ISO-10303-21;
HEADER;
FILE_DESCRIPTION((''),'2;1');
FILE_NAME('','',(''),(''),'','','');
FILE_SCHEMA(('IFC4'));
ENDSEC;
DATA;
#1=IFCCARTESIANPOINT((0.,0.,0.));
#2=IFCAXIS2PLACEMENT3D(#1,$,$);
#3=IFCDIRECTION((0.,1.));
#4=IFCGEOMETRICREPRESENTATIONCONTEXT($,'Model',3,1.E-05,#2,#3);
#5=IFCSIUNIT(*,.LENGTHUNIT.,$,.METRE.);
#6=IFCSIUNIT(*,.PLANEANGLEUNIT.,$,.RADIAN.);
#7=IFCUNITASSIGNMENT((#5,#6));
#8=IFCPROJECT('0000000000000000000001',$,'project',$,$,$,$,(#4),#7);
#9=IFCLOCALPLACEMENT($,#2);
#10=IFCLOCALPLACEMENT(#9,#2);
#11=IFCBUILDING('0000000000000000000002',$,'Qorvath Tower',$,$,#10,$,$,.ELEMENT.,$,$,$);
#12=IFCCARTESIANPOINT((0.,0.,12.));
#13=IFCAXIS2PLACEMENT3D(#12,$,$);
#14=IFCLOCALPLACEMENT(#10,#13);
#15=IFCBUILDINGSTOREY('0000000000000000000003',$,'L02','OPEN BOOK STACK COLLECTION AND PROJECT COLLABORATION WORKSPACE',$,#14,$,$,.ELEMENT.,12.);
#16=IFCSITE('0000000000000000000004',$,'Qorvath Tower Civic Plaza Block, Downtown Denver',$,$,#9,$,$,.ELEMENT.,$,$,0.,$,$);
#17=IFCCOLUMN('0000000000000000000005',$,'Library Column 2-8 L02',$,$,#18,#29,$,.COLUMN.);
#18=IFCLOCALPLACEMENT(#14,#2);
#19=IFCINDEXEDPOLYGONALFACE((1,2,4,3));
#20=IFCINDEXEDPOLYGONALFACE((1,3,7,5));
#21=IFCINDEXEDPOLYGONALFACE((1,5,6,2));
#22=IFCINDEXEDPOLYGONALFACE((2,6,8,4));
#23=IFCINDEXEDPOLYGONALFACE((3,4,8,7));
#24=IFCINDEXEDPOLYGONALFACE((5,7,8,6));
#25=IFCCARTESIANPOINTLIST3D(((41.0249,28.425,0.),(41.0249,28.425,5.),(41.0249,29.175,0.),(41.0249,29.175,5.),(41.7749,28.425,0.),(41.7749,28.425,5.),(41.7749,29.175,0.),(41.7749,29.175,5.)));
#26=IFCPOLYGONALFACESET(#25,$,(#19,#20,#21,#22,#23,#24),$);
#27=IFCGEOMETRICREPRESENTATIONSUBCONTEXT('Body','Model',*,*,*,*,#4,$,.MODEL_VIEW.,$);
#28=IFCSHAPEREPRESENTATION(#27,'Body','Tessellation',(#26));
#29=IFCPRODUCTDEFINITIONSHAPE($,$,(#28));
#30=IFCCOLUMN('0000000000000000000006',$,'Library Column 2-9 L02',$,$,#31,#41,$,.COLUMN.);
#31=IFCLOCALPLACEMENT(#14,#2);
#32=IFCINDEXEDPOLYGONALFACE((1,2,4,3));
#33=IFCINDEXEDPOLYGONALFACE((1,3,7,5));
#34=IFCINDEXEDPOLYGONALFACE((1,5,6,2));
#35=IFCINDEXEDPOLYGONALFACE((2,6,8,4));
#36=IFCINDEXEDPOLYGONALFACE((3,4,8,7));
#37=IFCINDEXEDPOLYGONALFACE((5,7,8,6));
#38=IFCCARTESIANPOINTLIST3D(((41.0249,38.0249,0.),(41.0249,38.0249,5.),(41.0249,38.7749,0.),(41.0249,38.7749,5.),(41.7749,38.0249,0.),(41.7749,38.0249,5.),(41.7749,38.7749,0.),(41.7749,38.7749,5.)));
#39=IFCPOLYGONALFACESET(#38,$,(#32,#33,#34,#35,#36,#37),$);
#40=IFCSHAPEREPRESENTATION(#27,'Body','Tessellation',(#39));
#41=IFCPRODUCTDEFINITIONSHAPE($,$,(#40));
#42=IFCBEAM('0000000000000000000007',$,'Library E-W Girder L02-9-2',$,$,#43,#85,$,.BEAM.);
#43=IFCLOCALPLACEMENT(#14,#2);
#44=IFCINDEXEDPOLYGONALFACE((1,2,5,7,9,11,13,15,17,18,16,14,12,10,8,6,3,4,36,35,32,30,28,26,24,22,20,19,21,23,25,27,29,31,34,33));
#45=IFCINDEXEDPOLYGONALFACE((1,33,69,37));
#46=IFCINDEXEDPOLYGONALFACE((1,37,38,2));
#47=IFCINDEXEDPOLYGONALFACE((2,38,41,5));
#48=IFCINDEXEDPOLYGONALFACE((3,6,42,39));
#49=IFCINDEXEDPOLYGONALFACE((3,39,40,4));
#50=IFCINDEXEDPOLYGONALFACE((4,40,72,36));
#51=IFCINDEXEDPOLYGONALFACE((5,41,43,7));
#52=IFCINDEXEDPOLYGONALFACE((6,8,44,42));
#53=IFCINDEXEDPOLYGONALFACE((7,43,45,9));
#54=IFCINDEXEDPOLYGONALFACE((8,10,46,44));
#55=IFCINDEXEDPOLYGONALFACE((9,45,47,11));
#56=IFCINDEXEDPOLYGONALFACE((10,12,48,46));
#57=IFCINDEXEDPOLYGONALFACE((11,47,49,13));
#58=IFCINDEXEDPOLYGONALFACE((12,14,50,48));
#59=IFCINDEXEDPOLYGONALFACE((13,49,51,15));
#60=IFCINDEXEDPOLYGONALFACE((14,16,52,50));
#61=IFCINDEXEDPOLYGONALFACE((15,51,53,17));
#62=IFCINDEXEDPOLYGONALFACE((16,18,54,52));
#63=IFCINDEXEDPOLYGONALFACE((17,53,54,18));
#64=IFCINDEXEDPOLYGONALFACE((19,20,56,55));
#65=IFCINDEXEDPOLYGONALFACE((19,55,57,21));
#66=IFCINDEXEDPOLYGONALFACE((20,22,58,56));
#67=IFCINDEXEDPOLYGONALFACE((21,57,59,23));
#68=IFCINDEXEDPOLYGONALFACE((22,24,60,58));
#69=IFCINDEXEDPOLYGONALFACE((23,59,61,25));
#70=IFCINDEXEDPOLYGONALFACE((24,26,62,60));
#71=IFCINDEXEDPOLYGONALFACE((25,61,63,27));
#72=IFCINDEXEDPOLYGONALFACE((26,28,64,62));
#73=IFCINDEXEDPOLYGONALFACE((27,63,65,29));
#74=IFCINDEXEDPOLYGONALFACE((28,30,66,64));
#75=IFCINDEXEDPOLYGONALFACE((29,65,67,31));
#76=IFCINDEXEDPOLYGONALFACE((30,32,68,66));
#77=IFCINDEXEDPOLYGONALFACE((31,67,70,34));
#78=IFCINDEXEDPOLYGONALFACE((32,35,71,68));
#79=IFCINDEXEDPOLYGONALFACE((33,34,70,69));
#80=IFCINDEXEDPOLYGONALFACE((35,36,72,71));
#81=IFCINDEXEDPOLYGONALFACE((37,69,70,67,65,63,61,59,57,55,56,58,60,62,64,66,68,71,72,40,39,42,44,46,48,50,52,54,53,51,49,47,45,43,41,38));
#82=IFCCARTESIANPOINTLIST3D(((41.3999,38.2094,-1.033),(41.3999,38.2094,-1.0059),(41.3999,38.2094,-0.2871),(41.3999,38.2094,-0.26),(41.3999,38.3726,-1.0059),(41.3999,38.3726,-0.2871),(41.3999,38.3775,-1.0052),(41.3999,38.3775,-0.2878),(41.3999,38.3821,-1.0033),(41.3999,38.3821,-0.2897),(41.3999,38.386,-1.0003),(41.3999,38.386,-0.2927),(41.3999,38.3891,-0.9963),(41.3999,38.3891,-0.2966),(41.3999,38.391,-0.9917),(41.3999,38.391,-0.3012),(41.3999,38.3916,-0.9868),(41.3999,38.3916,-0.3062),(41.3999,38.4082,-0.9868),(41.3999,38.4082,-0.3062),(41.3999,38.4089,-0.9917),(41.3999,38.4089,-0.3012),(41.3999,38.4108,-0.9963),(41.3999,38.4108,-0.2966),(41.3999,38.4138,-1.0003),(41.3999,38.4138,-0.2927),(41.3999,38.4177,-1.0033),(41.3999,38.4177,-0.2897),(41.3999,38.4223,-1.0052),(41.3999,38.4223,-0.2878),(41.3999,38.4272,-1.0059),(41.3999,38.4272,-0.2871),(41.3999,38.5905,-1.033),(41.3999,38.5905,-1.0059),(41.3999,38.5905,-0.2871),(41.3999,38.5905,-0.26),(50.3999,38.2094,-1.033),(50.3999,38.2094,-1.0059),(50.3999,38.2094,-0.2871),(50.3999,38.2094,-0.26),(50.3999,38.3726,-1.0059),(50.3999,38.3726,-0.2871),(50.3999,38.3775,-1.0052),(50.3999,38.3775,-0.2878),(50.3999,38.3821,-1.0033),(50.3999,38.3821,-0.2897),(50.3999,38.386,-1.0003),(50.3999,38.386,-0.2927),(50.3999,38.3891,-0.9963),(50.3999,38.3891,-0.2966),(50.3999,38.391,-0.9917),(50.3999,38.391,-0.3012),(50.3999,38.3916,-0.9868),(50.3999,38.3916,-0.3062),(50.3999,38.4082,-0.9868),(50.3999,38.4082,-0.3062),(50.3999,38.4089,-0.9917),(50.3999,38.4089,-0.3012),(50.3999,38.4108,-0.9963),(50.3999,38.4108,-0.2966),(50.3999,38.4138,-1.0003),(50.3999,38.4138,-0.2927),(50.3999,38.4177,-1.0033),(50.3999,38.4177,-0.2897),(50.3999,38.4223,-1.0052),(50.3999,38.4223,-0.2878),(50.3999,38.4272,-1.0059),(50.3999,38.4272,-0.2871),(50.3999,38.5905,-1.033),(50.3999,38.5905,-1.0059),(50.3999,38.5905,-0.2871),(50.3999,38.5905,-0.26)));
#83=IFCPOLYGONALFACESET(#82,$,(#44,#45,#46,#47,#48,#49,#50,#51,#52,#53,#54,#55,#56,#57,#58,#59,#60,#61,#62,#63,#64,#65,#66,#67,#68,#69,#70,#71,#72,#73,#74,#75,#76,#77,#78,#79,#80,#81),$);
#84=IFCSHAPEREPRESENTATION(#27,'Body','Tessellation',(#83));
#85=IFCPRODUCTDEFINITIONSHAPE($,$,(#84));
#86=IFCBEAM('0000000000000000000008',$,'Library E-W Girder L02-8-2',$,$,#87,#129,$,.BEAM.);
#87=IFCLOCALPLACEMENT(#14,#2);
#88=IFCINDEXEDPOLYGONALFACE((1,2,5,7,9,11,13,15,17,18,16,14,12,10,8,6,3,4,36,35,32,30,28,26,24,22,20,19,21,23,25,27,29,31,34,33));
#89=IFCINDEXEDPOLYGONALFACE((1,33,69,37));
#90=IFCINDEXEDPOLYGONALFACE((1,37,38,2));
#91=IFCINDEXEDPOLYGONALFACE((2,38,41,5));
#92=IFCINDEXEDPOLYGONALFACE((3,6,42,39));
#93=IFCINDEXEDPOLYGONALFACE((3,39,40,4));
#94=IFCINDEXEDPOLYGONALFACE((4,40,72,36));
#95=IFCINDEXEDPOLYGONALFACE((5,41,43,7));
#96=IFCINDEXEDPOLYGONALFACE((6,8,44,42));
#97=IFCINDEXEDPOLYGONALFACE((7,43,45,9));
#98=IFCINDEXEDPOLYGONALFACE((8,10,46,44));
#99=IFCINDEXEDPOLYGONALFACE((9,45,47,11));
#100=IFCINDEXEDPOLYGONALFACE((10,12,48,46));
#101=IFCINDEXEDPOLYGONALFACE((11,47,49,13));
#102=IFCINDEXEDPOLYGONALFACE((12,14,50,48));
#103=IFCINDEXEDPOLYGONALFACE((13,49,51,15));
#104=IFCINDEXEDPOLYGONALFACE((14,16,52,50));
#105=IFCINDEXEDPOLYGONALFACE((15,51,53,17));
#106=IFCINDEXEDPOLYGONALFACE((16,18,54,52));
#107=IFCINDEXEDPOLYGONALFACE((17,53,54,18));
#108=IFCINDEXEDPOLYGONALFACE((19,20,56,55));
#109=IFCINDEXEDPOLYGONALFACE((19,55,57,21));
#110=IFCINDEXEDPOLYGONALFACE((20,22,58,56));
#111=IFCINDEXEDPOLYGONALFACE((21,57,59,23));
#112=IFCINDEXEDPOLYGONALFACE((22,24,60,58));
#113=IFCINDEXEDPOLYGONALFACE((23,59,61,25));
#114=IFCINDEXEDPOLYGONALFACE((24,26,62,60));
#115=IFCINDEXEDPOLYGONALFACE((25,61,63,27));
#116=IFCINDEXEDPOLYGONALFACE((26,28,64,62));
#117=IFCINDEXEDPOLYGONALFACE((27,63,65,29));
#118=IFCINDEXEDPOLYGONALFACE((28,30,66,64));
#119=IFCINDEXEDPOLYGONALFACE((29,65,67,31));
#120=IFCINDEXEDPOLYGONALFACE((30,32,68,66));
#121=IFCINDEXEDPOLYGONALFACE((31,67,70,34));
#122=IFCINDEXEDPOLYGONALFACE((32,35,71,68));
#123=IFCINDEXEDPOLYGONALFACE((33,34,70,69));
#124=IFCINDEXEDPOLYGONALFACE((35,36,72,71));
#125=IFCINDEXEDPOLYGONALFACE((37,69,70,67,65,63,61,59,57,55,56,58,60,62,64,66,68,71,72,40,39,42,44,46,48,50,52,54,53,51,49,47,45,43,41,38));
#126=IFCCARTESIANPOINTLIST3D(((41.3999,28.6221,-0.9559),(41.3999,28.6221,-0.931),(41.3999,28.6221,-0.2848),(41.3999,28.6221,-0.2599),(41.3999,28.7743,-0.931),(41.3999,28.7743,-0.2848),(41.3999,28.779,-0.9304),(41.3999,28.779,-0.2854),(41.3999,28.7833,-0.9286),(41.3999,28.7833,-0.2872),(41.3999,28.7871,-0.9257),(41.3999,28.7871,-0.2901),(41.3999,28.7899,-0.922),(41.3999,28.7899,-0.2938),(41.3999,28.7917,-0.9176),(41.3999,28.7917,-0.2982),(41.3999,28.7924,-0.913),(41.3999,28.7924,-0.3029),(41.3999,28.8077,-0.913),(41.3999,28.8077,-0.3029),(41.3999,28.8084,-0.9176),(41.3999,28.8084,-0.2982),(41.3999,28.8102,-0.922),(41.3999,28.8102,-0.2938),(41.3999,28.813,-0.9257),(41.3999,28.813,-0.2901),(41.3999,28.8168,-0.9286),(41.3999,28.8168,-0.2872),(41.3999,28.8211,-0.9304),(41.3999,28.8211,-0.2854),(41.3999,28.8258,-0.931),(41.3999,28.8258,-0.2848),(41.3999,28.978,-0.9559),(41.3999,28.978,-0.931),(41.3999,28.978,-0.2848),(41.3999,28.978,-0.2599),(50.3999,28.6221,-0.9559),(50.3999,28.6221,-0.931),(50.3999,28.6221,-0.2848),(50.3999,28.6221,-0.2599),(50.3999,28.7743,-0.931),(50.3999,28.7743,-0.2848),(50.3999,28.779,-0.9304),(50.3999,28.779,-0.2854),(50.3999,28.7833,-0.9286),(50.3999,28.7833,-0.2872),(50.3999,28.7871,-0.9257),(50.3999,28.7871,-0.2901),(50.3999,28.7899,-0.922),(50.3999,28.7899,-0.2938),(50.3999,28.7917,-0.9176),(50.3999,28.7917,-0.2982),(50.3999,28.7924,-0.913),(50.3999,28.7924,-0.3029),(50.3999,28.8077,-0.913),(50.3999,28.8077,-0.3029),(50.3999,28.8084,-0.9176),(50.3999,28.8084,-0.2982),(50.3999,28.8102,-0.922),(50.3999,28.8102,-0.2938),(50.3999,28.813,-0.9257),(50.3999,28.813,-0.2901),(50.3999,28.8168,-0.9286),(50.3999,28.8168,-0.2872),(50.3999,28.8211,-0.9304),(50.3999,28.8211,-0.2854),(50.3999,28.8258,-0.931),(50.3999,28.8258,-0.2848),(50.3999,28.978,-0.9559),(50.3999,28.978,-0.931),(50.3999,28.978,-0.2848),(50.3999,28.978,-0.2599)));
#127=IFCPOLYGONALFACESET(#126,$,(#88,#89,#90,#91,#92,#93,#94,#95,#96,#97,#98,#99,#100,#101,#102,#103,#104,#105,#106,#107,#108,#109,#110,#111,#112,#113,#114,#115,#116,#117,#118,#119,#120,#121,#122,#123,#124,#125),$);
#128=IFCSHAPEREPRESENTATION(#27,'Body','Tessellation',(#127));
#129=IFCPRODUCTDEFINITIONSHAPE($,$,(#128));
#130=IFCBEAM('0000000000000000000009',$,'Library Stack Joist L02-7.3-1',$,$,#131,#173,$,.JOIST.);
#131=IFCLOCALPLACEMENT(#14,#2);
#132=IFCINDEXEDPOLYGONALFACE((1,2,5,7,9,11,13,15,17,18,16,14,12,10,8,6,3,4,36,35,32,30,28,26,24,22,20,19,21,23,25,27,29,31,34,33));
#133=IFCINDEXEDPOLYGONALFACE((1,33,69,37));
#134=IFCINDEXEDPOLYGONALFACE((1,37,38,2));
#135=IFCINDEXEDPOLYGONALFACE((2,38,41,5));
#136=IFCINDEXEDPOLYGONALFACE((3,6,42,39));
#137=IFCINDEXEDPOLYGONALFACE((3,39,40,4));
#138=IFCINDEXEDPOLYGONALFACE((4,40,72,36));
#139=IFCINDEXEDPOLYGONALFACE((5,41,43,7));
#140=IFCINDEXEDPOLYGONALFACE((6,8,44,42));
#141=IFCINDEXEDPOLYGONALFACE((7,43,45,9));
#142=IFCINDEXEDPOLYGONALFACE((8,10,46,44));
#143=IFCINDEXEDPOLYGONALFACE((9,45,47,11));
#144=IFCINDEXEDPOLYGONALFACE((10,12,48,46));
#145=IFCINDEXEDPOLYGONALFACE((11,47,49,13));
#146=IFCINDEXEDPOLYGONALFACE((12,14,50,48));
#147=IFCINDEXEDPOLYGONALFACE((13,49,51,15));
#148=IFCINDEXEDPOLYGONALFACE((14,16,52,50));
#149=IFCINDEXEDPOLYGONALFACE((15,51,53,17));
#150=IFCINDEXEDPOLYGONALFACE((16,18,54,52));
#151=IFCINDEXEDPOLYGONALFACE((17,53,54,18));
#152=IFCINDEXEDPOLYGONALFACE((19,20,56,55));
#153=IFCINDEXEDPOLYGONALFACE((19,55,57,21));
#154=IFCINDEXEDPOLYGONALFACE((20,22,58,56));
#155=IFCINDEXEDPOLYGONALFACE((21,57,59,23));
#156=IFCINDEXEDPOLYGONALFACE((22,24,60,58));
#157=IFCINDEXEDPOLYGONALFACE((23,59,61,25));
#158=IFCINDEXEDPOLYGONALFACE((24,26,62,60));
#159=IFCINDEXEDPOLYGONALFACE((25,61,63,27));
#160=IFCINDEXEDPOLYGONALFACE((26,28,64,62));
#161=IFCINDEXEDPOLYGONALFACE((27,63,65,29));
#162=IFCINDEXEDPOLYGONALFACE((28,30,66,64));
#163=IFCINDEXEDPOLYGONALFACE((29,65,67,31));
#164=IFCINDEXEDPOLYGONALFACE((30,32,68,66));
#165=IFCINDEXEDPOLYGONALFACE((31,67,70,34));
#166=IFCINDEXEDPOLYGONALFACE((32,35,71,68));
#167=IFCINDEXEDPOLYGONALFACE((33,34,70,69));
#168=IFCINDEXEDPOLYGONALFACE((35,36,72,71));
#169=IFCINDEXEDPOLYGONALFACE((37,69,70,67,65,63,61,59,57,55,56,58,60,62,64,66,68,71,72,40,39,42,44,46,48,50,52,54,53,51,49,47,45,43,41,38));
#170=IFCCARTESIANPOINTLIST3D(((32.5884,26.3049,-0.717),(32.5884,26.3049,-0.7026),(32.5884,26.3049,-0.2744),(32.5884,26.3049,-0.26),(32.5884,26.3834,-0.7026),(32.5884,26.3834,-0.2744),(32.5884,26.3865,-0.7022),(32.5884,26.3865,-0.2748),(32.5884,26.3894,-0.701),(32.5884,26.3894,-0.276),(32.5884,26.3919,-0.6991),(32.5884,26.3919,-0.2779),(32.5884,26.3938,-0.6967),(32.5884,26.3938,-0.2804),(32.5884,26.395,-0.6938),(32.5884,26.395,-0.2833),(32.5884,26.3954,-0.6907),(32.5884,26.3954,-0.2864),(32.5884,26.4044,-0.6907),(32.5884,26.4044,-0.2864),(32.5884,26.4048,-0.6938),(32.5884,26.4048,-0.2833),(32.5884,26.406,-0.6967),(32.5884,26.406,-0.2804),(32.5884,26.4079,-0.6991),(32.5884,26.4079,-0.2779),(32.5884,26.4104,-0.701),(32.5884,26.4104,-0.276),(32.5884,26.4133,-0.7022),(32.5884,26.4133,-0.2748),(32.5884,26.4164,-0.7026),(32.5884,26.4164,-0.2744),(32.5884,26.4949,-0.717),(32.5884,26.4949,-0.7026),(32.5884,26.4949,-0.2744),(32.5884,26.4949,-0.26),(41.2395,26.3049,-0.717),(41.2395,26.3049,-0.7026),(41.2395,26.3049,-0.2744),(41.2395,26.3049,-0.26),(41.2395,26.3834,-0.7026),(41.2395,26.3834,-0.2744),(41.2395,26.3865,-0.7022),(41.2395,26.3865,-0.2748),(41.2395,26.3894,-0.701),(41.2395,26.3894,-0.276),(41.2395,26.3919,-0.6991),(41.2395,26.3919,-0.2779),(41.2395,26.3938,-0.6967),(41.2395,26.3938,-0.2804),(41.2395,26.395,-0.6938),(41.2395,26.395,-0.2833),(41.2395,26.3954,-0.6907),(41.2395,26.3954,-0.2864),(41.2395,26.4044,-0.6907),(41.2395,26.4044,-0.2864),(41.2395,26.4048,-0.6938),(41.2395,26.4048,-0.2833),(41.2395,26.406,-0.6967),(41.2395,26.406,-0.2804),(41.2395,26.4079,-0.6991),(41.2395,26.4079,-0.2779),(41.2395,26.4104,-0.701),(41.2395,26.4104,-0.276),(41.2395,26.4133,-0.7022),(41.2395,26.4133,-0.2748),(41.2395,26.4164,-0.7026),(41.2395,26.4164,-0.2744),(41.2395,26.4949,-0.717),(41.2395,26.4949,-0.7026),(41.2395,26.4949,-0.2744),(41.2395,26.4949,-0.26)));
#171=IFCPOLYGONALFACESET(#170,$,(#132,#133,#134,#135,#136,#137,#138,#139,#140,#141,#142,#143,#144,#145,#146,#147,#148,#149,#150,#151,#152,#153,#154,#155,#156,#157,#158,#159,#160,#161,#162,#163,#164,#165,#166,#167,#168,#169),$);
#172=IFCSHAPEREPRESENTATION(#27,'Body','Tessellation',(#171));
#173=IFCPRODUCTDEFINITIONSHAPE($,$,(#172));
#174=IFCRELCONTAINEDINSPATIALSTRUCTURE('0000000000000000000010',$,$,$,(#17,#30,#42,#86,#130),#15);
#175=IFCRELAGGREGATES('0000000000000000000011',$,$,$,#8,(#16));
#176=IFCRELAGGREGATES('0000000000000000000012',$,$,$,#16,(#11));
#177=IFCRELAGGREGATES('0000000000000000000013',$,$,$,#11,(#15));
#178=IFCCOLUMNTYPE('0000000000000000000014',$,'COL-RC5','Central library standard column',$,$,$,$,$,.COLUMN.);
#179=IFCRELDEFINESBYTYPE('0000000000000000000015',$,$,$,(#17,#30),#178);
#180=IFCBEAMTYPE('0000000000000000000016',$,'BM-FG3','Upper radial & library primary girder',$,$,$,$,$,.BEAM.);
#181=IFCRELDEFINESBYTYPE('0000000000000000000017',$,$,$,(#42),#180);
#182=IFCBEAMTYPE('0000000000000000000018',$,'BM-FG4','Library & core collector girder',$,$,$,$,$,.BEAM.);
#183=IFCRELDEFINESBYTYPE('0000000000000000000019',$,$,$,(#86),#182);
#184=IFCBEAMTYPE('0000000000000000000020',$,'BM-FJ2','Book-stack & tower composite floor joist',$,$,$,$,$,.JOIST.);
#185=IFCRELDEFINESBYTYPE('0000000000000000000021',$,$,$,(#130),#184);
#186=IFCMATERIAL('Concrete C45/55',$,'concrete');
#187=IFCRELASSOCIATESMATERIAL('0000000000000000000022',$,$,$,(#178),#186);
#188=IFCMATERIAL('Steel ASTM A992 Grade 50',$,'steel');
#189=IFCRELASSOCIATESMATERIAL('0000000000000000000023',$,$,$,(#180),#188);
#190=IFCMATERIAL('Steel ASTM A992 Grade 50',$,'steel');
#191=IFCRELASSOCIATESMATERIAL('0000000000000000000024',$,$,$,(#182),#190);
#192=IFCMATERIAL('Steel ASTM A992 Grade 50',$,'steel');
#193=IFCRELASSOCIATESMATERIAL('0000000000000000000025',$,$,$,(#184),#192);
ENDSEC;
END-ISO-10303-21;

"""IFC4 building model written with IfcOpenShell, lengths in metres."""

from ifc_helpers import new_model, si_unit, direction, frame, origin, origin_2d, place, context, subcontext, project, spatial, rectangle, i_section, extrude, material, material_profile, profile_set, type_object, element, save


model = new_model("IFC4")

# Units and contexts
model_context = context("Model", 3, precision=1e-05, world=origin(), true_north=direction((0.0, 1.0)))
body_context = subcontext(model_context, "Body", "Model", "MODEL_VIEW")
ifc_project = project(units=[si_unit("LENGTHUNIT", "METRE"), si_unit("PLANEANGLEUNIT", "RADIAN")], contexts=[model_context])

# Site, building, storey
site_placement = place(None, origin())
site = spatial("IfcSite", under=ifc_project, at=site_placement, Name="Qorvath Tower Civic Plaza Block, Downtown Denver", CompositionType="ELEMENT", RefElevation=0.0)
building_placement = place(site_placement, origin())
building = spatial("IfcBuilding", under=site, at=building_placement, Name="Qorvath Tower", CompositionType="ELEMENT")
storey_placement = place(building_placement, frame((0.0, 0.0, 12.0)))
storey = spatial("IfcBuildingStorey", under=building, at=storey_placement, Name="L02", Description="OPEN BOOK STACK COLLECTION AND PROJECT COLLABORATION WORKSPACE", CompositionType="ELEMENT", Elevation=12.0)

# Columns
ifc_material_1 = material(Name="Concrete C45/55", Category="concrete")
ifc_material_profile_1 = material_profile(ifc_material_1, rectangle(XDim=0.75, YDim=0.75, at=origin_2d()), Name="RC 750x750")
ifc_profile_set_1 = profile_set([ifc_material_profile_1], Name="Concrete C45/55")
column_type = type_object("IfcColumnType", Name="COL-RC5", Description="Central library standard column", PredefinedType="COLUMN", material=ifc_profile_set_1)
for number, where, z_axis, x_axis, name in (
    (1, (41.3999, 28.8, 0.0), (0.0, 0.0, 1.0), (1.0, 0.0, 0.0), "Library Column 2-8 L02"),
    (2, (41.3999, 38.3999, 0.0), (0.0, 0.0, 1.0), (1.0, 0.0, 0.0), "Library Column 2-9 L02"),
):
    element("IfcColumn", number, at=place(storey_placement, frame(where, z_axis=z_axis, x_axis=x_axis)), inside=storey, type_object=column_type, Name=name, PredefinedType="COLUMN", context=body_context, shape_type="SweptSolid", body=[
        extrude(rectangle(XDim=0.75, YDim=0.75, at=origin_2d()), origin(), (0.0, 0.0, 1.0), 5.0),
    ])

# Beams
ifc_material_2 = material(Name="Steel ASTM A992 Grade 50", Category="steel")
ifc_material_profile_2 = material_profile(ifc_material_2, i_section(OverallWidth=0.3811, OverallDepth=0.7729, WebThickness=0.0166, FlangeThickness=0.0271, FilletRadius=0.019, at=origin_2d()), Name="W30x173")
ifc_profile_set_2 = profile_set([ifc_material_profile_2], Name="Steel ASTM A992 Grade 50")
beam_type_1 = type_object("IfcBeamType", Name="BM-FG3", Description="Upper radial & library primary girder", PredefinedType="BEAM", material=ifc_profile_set_2)
beam_1_placement = place(storey_placement, frame((41.3999, 38.3999, -0.6465), z_axis=(1.0, 0.0, 0.0), x_axis=(0.0, 1.0, 0.0)))
element("IfcBeam", 3, at=beam_1_placement, inside=storey, type_object=beam_type_1, Name="Library E-W Girder L02-9-2", PredefinedType="BEAM", context=body_context, shape_type="SweptSolid", body=[
    extrude(i_section(OverallWidth=0.3811, OverallDepth=0.7729, WebThickness=0.0166, FlangeThickness=0.0271, FilletRadius=0.019, at=origin_2d()), origin(), (0.0, 0.0, 1.0), 9.0),
])
ifc_material_3 = material(Name="Steel ASTM A992 Grade 50", Category="steel")
ifc_material_profile_3 = material_profile(ifc_material_3, i_section(OverallWidth=0.356, OverallDepth=0.696, WebThickness=0.0154, FlangeThickness=0.0249, FilletRadius=0.0181, at=origin_2d()), Name="W27x146")
ifc_profile_set_3 = profile_set([ifc_material_profile_3], Name="Steel ASTM A992 Grade 50")
beam_type_2 = type_object("IfcBeamType", Name="BM-FG4", Description="Library & core collector girder", PredefinedType="BEAM", material=ifc_profile_set_3)
beam_2_placement = place(storey_placement, frame((41.3999, 28.8, -0.6079), z_axis=(1.0, 0.0, 0.0), x_axis=(0.0, 1.0, 0.0)))
element("IfcBeam", 4, at=beam_2_placement, inside=storey, type_object=beam_type_2, Name="Library E-W Girder L02-8-2", PredefinedType="BEAM", context=body_context, shape_type="SweptSolid", body=[
    extrude(i_section(OverallWidth=0.356, OverallDepth=0.696, WebThickness=0.0154, FlangeThickness=0.0249, FilletRadius=0.0181, at=origin_2d()), origin(), (0.0, 0.0, 1.0), 9.0),
])
ifc_material_4 = material(Name="Steel ASTM A992 Grade 50", Category="steel")
ifc_material_profile_4 = material_profile(ifc_material_4, i_section(OverallWidth=0.1899, OverallDepth=0.457, WebThickness=0.009, FlangeThickness=0.0144, FilletRadius=0.012, at=origin_2d()), Name="W18x50")
ifc_profile_set_4 = profile_set([ifc_material_profile_4], Name="Steel ASTM A992 Grade 50")
beam_type_3 = type_object("IfcBeamType", Name="BM-FJ2", Description="Book-stack & tower composite floor joist", PredefinedType="JOIST", material=ifc_profile_set_4)
beam_3_placement = place(storey_placement, frame((32.5884, 26.3999, -0.4885), z_axis=(1.0, 0.0, 0.0), x_axis=(0.0, 1.0, 0.0)))
element("IfcBeam", 5, at=beam_3_placement, inside=storey, type_object=beam_type_3, Name="Library Stack Joist L02-7.3-1", PredefinedType="JOIST", context=body_context, shape_type="SweptSolid", body=[
    extrude(i_section(OverallWidth=0.1899, OverallDepth=0.457, WebThickness=0.009, FlangeThickness=0.0144, FilletRadius=0.012, at=origin_2d()), origin(), (0.0, 0.0, 1.0), 8.6511),
])

save(model, "model.ifc")
